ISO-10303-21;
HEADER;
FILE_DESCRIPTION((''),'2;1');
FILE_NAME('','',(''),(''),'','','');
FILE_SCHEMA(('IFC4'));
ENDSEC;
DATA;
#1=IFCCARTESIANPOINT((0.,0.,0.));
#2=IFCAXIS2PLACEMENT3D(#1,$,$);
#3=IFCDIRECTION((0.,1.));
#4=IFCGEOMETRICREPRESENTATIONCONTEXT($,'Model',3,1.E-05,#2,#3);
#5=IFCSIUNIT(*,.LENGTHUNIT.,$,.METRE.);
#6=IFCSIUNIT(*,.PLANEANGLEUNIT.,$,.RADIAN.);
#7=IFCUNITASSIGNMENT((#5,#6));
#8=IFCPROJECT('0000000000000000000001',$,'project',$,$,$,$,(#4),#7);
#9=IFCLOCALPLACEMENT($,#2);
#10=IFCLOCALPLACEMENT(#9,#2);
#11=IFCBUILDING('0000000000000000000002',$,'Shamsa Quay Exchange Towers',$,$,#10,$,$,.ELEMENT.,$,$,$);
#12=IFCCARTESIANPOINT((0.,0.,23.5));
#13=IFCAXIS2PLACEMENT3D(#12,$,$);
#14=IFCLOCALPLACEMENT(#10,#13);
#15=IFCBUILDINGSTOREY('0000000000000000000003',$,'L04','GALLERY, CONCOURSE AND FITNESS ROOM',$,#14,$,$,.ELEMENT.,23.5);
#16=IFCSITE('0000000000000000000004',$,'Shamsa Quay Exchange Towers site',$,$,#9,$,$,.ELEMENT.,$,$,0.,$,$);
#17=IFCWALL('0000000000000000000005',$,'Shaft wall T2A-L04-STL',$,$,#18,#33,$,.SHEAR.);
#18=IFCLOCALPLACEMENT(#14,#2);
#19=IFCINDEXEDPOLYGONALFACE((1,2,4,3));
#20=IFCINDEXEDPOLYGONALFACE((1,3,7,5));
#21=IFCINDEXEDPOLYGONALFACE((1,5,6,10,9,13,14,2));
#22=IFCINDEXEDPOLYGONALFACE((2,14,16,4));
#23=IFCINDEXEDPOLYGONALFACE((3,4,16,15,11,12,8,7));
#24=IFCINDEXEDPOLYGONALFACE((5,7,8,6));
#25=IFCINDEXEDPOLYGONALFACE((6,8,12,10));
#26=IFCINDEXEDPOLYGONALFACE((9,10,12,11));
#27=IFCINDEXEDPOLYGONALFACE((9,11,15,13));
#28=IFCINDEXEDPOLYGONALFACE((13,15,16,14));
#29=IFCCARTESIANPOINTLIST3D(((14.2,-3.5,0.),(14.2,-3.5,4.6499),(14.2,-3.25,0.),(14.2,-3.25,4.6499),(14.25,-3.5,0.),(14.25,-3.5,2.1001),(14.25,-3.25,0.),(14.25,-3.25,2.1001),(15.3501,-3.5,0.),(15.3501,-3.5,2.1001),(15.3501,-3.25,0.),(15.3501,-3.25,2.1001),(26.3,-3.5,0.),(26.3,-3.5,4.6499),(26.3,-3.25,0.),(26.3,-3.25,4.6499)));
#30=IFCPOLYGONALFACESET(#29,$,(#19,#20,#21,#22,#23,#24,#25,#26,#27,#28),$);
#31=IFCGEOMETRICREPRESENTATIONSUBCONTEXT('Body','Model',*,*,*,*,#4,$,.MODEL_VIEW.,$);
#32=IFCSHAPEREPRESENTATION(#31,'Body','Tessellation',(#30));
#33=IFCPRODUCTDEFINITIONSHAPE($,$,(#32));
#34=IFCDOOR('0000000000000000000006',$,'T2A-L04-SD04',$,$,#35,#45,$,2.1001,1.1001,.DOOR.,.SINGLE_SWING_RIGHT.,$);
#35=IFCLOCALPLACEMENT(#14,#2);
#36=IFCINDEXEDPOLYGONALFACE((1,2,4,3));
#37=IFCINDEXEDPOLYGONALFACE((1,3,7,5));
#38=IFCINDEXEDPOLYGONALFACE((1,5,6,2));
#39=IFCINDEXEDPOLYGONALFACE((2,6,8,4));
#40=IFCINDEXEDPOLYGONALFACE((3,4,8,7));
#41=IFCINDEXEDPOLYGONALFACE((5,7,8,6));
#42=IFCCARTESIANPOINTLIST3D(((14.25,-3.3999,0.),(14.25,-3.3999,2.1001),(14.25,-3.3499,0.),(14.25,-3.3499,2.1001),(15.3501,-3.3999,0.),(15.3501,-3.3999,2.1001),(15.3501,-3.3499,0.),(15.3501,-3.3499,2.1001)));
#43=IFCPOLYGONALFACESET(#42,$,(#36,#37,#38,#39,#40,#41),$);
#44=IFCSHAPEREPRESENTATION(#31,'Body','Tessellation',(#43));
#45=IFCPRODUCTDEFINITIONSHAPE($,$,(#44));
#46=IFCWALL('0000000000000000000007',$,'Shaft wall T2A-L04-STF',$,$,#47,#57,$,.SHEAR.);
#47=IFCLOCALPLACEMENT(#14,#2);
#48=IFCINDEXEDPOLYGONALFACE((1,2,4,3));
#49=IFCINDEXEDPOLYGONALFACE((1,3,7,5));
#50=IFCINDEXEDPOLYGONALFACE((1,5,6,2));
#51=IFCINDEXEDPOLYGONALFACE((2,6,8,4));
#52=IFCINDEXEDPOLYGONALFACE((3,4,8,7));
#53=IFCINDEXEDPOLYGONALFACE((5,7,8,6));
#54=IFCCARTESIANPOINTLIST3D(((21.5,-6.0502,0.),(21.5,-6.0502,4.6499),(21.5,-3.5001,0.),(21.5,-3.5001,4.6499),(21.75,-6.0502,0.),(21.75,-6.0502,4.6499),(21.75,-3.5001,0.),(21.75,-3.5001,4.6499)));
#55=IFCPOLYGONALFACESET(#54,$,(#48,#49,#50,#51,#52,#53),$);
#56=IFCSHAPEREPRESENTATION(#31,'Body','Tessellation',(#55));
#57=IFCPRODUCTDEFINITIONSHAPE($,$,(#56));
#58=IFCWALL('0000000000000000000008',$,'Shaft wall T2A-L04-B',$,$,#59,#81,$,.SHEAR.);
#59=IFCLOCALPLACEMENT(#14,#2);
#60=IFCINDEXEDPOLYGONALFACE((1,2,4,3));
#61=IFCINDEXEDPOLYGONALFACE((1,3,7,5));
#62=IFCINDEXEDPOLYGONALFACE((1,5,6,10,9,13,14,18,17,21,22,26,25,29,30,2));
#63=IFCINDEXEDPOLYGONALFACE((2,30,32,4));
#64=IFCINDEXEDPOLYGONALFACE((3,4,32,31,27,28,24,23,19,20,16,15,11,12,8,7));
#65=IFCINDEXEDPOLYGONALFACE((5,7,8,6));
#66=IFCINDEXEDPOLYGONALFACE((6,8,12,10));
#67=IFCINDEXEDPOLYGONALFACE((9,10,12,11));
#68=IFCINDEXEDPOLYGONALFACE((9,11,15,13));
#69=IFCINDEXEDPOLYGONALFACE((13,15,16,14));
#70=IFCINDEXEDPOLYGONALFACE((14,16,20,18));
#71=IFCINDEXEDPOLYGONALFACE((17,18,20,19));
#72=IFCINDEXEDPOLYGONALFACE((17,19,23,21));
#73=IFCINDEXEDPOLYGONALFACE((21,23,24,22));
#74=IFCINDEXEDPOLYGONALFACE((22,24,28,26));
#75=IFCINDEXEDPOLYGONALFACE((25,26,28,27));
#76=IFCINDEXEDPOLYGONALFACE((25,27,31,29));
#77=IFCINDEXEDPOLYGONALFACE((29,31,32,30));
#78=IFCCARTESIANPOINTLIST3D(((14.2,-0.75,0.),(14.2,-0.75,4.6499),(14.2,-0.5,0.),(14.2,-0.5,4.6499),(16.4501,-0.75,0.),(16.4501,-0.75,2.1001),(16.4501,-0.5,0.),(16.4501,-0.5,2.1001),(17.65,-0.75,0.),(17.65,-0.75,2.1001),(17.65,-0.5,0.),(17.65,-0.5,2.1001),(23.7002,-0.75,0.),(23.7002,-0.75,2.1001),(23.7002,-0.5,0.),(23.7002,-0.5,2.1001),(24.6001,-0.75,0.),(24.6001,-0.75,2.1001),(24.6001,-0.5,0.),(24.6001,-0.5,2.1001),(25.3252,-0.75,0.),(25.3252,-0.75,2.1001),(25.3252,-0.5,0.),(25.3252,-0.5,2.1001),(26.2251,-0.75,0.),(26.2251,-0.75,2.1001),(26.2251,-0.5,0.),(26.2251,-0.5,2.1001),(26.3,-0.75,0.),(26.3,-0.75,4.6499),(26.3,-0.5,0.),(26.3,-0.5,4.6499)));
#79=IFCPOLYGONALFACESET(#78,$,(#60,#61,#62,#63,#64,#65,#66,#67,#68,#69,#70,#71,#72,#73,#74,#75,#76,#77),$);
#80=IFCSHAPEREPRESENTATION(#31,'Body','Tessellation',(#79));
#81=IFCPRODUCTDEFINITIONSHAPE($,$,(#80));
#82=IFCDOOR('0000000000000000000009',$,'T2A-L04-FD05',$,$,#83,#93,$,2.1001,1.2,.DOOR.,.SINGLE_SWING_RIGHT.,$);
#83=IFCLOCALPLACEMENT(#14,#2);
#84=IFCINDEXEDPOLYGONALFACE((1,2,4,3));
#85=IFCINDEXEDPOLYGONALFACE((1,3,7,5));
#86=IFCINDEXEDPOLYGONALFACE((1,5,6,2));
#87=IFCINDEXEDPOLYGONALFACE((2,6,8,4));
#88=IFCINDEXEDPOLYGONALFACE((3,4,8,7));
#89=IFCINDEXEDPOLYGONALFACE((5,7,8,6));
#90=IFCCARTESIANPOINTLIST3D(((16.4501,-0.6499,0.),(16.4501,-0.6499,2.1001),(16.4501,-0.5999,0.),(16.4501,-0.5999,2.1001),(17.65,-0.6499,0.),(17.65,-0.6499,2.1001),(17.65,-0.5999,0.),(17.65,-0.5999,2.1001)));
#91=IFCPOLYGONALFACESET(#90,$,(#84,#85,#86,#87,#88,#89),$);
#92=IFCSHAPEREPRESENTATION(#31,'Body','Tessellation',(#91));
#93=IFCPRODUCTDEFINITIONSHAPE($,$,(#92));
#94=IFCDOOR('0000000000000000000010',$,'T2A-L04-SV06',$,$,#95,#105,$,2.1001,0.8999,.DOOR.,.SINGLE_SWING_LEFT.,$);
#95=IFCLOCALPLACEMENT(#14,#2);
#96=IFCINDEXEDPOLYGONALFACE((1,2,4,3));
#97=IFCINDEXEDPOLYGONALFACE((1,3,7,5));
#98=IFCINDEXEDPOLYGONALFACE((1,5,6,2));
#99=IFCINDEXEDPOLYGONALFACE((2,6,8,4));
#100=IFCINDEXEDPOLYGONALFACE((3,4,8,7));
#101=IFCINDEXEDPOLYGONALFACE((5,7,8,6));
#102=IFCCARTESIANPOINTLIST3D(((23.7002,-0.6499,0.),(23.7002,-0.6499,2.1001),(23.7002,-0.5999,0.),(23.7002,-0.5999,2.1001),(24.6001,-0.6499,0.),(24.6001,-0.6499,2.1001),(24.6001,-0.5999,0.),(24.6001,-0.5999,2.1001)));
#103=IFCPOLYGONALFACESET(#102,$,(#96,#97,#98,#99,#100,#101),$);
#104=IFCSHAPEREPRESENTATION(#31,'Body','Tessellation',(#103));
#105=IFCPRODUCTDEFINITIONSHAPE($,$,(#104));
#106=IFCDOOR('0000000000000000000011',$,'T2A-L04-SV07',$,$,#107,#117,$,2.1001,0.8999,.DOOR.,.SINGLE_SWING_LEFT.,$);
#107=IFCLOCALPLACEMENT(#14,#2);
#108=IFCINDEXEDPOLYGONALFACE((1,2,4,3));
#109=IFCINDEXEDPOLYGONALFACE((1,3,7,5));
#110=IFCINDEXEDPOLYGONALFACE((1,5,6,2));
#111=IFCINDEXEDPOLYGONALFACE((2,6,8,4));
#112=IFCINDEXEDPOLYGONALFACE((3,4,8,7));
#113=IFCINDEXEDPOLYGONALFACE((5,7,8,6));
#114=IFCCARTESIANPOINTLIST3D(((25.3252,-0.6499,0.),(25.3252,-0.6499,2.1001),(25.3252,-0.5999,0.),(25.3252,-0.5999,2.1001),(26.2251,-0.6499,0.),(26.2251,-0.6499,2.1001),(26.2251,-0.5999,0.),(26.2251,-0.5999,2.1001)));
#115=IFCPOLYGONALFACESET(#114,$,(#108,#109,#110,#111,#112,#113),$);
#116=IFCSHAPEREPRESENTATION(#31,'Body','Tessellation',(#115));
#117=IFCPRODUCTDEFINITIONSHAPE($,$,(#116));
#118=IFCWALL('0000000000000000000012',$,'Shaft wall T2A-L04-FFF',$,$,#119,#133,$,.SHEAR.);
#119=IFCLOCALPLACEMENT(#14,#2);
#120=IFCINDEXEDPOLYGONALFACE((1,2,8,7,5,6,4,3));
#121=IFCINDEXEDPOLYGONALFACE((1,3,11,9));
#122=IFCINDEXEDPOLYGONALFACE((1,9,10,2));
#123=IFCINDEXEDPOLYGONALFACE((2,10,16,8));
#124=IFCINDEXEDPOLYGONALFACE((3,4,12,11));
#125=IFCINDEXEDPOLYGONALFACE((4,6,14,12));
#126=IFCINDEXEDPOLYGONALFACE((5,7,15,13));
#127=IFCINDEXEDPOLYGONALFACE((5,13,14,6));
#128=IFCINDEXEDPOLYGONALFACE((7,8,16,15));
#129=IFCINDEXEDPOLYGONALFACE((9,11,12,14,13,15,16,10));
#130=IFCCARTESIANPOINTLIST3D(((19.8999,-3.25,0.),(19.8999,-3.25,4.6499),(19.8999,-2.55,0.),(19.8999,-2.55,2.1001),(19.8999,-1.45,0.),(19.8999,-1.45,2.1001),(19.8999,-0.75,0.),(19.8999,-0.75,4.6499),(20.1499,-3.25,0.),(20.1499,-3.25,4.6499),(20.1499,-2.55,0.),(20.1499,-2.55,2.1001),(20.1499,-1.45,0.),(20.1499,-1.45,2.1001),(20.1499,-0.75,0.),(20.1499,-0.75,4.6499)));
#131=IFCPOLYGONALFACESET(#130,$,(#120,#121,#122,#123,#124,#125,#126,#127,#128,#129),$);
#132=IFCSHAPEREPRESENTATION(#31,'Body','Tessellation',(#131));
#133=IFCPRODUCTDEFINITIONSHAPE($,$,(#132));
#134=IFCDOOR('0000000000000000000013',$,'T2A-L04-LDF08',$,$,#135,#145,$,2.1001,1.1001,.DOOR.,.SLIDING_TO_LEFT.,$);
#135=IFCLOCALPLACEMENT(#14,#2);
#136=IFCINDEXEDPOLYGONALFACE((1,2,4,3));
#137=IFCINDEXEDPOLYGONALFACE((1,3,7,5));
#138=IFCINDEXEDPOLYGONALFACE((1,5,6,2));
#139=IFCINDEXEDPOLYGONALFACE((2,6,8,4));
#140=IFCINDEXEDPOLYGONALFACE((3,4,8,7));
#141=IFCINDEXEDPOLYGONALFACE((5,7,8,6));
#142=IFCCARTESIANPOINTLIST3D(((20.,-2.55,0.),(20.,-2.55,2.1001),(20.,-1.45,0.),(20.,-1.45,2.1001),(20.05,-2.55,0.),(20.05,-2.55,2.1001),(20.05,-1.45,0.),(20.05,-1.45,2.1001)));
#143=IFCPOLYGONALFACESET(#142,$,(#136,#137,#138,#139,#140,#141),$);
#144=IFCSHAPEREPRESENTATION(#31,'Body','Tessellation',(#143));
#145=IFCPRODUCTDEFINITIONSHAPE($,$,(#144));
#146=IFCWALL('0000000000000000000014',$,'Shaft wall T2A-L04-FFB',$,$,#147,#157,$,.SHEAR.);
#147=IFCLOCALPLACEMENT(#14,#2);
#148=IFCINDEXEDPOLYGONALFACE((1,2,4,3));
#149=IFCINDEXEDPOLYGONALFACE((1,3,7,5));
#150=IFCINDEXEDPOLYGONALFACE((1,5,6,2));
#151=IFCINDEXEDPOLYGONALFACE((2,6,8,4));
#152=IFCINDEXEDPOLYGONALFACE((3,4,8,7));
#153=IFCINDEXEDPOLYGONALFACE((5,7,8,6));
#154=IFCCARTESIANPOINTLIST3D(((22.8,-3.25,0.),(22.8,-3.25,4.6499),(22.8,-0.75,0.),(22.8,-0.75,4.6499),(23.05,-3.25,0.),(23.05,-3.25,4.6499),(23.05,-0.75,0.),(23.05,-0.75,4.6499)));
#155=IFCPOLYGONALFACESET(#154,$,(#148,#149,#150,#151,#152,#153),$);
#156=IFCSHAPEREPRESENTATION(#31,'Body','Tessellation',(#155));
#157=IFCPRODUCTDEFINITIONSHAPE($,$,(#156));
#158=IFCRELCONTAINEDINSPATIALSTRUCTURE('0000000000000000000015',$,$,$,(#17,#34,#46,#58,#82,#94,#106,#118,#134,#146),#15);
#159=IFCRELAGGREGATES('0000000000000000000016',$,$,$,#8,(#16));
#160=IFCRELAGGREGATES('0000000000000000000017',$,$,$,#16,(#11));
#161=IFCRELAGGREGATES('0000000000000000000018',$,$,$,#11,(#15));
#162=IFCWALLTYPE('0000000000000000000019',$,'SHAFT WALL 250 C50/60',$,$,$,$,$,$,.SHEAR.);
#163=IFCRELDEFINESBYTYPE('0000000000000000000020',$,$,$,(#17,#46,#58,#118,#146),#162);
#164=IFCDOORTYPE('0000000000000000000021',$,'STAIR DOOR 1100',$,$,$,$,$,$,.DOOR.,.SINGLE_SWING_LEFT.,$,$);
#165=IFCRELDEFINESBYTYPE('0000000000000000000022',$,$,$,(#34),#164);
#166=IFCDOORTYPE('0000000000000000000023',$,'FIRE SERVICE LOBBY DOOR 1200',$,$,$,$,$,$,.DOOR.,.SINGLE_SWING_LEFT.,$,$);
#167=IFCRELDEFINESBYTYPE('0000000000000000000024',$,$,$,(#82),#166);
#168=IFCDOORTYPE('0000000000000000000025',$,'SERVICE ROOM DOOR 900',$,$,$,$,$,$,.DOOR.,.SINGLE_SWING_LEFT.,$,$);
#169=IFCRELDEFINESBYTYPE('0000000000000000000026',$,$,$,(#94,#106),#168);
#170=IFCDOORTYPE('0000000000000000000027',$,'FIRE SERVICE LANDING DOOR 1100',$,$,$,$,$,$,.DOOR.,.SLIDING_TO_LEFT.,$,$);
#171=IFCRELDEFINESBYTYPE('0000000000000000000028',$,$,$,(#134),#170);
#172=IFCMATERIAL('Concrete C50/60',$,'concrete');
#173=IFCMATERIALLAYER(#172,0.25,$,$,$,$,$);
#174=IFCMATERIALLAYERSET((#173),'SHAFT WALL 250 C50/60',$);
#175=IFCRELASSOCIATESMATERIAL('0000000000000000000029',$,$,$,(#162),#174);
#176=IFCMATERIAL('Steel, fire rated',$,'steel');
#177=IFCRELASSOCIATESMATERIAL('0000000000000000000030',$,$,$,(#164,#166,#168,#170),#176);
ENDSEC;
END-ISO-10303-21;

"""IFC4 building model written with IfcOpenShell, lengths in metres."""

from ifc_helpers import new_model, si_unit, direction, frame, frame_2d, origin, place, context, subcontext, project, spatial, rectangle, extrude, material, layer, layer_set, type_object, element, fill, save


model = new_model("IFC4")

# Units and contexts
model_context = context("Model", 3, precision=1e-05, world=origin(), true_north=direction((0.0, 1.0)))
body_context = subcontext(model_context, "Body", "Model", "MODEL_VIEW")
ifc_project = project(units=[si_unit("LENGTHUNIT", "METRE"), si_unit("PLANEANGLEUNIT", "RADIAN")], contexts=[model_context])

# Site, building, storey
site_placement = place(None, origin())
site = spatial("IfcSite", under=ifc_project, at=site_placement, Name="Shamsa Quay Exchange Towers site", CompositionType="ELEMENT", RefElevation=0.0)
building_placement = place(site_placement, origin())
building = spatial("IfcBuilding", under=site, at=building_placement, Name="Shamsa Quay Exchange Towers", CompositionType="ELEMENT")
storey_placement = place(building_placement, frame((0.0, 0.0, 23.5)))
storey = spatial("IfcBuildingStorey", under=building, at=storey_placement, Name="L04", Description="GALLERY, CONCOURSE AND FITNESS ROOM", CompositionType="ELEMENT", Elevation=23.5)

# Wall, opening, door
ifc_material_1 = material(Name="Concrete C50/60", Category="concrete")
ifc_layer_1 = layer(ifc_material_1, 0.25)
ifc_layer_set_1 = layer_set([ifc_layer_1], Name="SHAFT WALL 250 C50/60")
wall_type_1 = type_object("IfcWallType", Name="SHAFT WALL 250 C50/60", PredefinedType="SHEAR", material=ifc_layer_set_1)
wall_1_placement = place(storey_placement, frame((26.3, -3.375, 0.0), z_axis=(0.0, 0.0, 1.0), x_axis=(-1.0, 0.0, 0.0)))
wall_1 = element("IfcWall", 1, at=wall_1_placement, inside=storey, type_object=wall_type_1, Name="Shaft wall T2A-L04-STL", PredefinedType="SHEAR", context=body_context, shape_type="SweptSolid", body=[
    extrude(rectangle(XDim=12.1001, YDim=0.25, at=frame_2d((6.05, 0.0))), origin(), (0.0, 0.0, 1.0), 4.6499),
])
opening_1_placement = place(wall_1_placement, frame((10.95, 0.0, 0.0)))
opening_1 = element("IfcOpeningElement", 2, at=opening_1_placement, cuts=wall_1, PredefinedType="OPENING", context=body_context, shape_type="SweptSolid", body=[
    extrude(rectangle(XDim=1.1001, YDim=2.1001, at=frame_2d((0.55, 1.05))), frame((0.0, 0.135, 0.0), z_axis=(0.0, -1.0, 0.0), x_axis=(1.0, 0.0, 0.0)), (0.0, 0.0, 1.0), 0.27),
])
ifc_material_2 = material(Name="Steel, fire rated", Category="steel")
door_type_1 = type_object("IfcDoorType", Name="STAIR DOOR 1100", OperationType="SINGLE_SWING_LEFT", PredefinedType="DOOR", material=ifc_material_2)
door_1_placement = place(opening_1_placement, origin())
door_1 = element("IfcDoor", 3, at=door_1_placement, inside=storey, type_object=door_type_1, Name="T2A-L04-SD04", OperationType="SINGLE_SWING_RIGHT", OverallHeight=2.1001, OverallWidth=1.1001, PredefinedType="DOOR", context=body_context, shape_type="SweptSolid", body=[
    extrude(rectangle(XDim=1.1001, YDim=2.1001, at=frame_2d((0.55, 1.05))), frame((0.0, 0.0249, 0.0), z_axis=(0.0, -1.0, 0.0), x_axis=(1.0, 0.0, 0.0)), (0.0, 0.0, 1.0), 0.05),
])
fill(opening_1, door_1)

# Wall
wall_2_placement = place(storey_placement, frame((21.625, -6.05, 0.0), z_axis=(0.0, 0.0, 1.0), x_axis=(0.0, 1.0, 0.0)))
element("IfcWall", 4, at=wall_2_placement, inside=storey, type_object=wall_type_1, Name="Shaft wall T2A-L04-STF", PredefinedType="SHEAR", context=body_context, shape_type="SweptSolid", body=[
    extrude(rectangle(XDim=2.55, YDim=0.25, at=frame_2d((1.2749, 0.0))), origin(), (0.0, 0.0, 1.0), 4.6499),
])

# Wall, openings, doors
wall_3_placement = place(storey_placement, frame((26.3, -0.625, 0.0), z_axis=(0.0, 0.0, 1.0), x_axis=(-1.0, 0.0, 0.0)))
wall_3 = element("IfcWall", 5, at=wall_3_placement, inside=storey, type_object=wall_type_1, Name="Shaft wall T2A-L04-B", PredefinedType="SHEAR", context=body_context, shape_type="SweptSolid", body=[
    extrude(rectangle(XDim=12.1001, YDim=0.25, at=frame_2d((6.05, 0.0))), origin(), (0.0, 0.0, 1.0), 4.6499),
])
opening_2_placement = place(wall_3_placement, frame((8.6499, 0.0, 0.0)))
opening_2 = element("IfcOpeningElement", 6, at=opening_2_placement, cuts=wall_3, PredefinedType="OPENING", context=body_context, shape_type="SweptSolid", body=[
    extrude(rectangle(XDim=1.2, YDim=2.1001, at=frame_2d((0.6001, 1.05))), frame((0.0, 0.135, 0.0), z_axis=(0.0, -1.0, 0.0), x_axis=(1.0, 0.0, 0.0)), (0.0, 0.0, 1.0), 0.27),
])
opening_3_placement = place(wall_3_placement, frame((1.7, 0.0, 0.0)))
opening_3 = element("IfcOpeningElement", 7, at=opening_3_placement, cuts=wall_3, PredefinedType="OPENING", context=body_context, shape_type="SweptSolid", body=[
    extrude(rectangle(XDim=0.8999, YDim=2.1001, at=frame_2d((0.45, 1.05))), frame((0.0, 0.135, 0.0), z_axis=(0.0, -1.0, 0.0), x_axis=(1.0, 0.0, 0.0)), (0.0, 0.0, 1.0), 0.27),
])
opening_4_placement = place(wall_3_placement, frame((0.075, 0.0, 0.0)))
opening_4 = element("IfcOpeningElement", 8, at=opening_4_placement, cuts=wall_3, PredefinedType="OPENING", context=body_context, shape_type="SweptSolid", body=[
    extrude(rectangle(XDim=0.8999, YDim=2.1001, at=frame_2d((0.45, 1.05))), frame((0.0, 0.135, 0.0), z_axis=(0.0, -1.0, 0.0), x_axis=(1.0, 0.0, 0.0)), (0.0, 0.0, 1.0), 0.27),
])
door_type_2 = type_object("IfcDoorType", Name="FIRE SERVICE LOBBY DOOR 1200", OperationType="SINGLE_SWING_LEFT", PredefinedType="DOOR", material=ifc_material_2)
door_2_placement = place(opening_2_placement, origin())
door_2 = element("IfcDoor", 9, at=door_2_placement, inside=storey, type_object=door_type_2, Name="T2A-L04-FD05", OperationType="SINGLE_SWING_RIGHT", OverallHeight=2.1001, OverallWidth=1.2, PredefinedType="DOOR", context=body_context, shape_type="SweptSolid", body=[
    extrude(rectangle(XDim=1.2, YDim=2.1001, at=frame_2d((0.6001, 1.05))), frame((0.0, 0.0249, 0.0), z_axis=(0.0, -1.0, 0.0), x_axis=(1.0, 0.0, 0.0)), (0.0, 0.0, 1.0), 0.05),
])
fill(opening_2, door_2)
door_type_3 = type_object("IfcDoorType", Name="SERVICE ROOM DOOR 900", OperationType="SINGLE_SWING_LEFT", PredefinedType="DOOR", material=ifc_material_2)
door_3_placement = place(opening_3_placement, origin())
door_3 = element("IfcDoor", 10, at=door_3_placement, inside=storey, type_object=door_type_3, Name="T2A-L04-SV06", OperationType="SINGLE_SWING_LEFT", OverallHeight=2.1001, OverallWidth=0.8999, PredefinedType="DOOR", context=body_context, shape_type="SweptSolid", body=[
    extrude(rectangle(XDim=0.8999, YDim=2.1001, at=frame_2d((0.45, 1.05))), frame((0.0, 0.0249, 0.0), z_axis=(0.0, -1.0, 0.0), x_axis=(1.0, 0.0, 0.0)), (0.0, 0.0, 1.0), 0.05),
])
fill(opening_3, door_3)
door_4_placement = place(opening_4_placement, origin())
door_4 = element("IfcDoor", 11, at=door_4_placement, inside=storey, type_object=door_type_3, Name="T2A-L04-SV07", OperationType="SINGLE_SWING_LEFT", OverallHeight=2.1001, OverallWidth=0.8999, PredefinedType="DOOR", context=body_context, shape_type="SweptSolid", body=[
    extrude(rectangle(XDim=0.8999, YDim=2.1001, at=frame_2d((0.45, 1.05))), frame((0.0, 0.0249, 0.0), z_axis=(0.0, -1.0, 0.0), x_axis=(1.0, 0.0, 0.0)), (0.0, 0.0, 1.0), 0.05),
])
fill(opening_4, door_4)

# Wall, opening, door
wall_4_placement = place(storey_placement, frame((20.0249, -3.25, 0.0), z_axis=(0.0, 0.0, 1.0), x_axis=(0.0, 1.0, 0.0)))
wall_4 = element("IfcWall", 12, at=wall_4_placement, inside=storey, type_object=wall_type_1, Name="Shaft wall T2A-L04-FFF", PredefinedType="SHEAR", context=body_context, shape_type="SweptSolid", body=[
    extrude(rectangle(XDim=2.5, YDim=0.25, at=frame_2d((1.25, 0.0))), origin(), (0.0, 0.0, 1.0), 4.6499),
])
opening_5_placement = place(wall_4_placement, frame((0.7, 0.0, 0.0)))
opening_5 = element("IfcOpeningElement", 13, at=opening_5_placement, cuts=wall_4, PredefinedType="OPENING", context=body_context, shape_type="SweptSolid", body=[
    extrude(rectangle(XDim=1.1001, YDim=2.1001, at=frame_2d((0.55, 1.05))), frame((0.0, 0.135, 0.0), z_axis=(0.0, -1.0, 0.0), x_axis=(1.0, 0.0, 0.0)), (0.0, 0.0, 1.0), 0.27),
])
door_type_4 = type_object("IfcDoorType", Name="FIRE SERVICE LANDING DOOR 1100", OperationType="SLIDING_TO_LEFT", PredefinedType="DOOR", material=ifc_material_2)
door_5_placement = place(opening_5_placement, origin())
door_5 = element("IfcDoor", 14, at=door_5_placement, inside=storey, type_object=door_type_4, Name="T2A-L04-LDF08", OperationType="SLIDING_TO_LEFT", OverallHeight=2.1001, OverallWidth=1.1001, PredefinedType="DOOR", context=body_context, shape_type="SweptSolid", body=[
    extrude(rectangle(XDim=1.1001, YDim=2.1001, at=frame_2d((0.55, 1.05))), frame((0.0, 0.0249, 0.0), z_axis=(0.0, -1.0, 0.0), x_axis=(1.0, 0.0, 0.0)), (0.0, 0.0, 1.0), 0.05),
])
fill(opening_5, door_5)

# Wall
wall_5_placement = place(storey_placement, frame((22.925, -3.25, 0.0), z_axis=(0.0, 0.0, 1.0), x_axis=(0.0, 1.0, 0.0)))
element("IfcWall", 15, at=wall_5_placement, inside=storey, type_object=wall_type_1, Name="Shaft wall T2A-L04-FFB", PredefinedType="SHEAR", context=body_context, shape_type="SweptSolid", body=[
    extrude(rectangle(XDim=2.5, YDim=0.25, at=frame_2d((1.25, 0.0))), origin(), (0.0, 0.0, 1.0), 4.6499),
])

save(model, "model.ifc")
